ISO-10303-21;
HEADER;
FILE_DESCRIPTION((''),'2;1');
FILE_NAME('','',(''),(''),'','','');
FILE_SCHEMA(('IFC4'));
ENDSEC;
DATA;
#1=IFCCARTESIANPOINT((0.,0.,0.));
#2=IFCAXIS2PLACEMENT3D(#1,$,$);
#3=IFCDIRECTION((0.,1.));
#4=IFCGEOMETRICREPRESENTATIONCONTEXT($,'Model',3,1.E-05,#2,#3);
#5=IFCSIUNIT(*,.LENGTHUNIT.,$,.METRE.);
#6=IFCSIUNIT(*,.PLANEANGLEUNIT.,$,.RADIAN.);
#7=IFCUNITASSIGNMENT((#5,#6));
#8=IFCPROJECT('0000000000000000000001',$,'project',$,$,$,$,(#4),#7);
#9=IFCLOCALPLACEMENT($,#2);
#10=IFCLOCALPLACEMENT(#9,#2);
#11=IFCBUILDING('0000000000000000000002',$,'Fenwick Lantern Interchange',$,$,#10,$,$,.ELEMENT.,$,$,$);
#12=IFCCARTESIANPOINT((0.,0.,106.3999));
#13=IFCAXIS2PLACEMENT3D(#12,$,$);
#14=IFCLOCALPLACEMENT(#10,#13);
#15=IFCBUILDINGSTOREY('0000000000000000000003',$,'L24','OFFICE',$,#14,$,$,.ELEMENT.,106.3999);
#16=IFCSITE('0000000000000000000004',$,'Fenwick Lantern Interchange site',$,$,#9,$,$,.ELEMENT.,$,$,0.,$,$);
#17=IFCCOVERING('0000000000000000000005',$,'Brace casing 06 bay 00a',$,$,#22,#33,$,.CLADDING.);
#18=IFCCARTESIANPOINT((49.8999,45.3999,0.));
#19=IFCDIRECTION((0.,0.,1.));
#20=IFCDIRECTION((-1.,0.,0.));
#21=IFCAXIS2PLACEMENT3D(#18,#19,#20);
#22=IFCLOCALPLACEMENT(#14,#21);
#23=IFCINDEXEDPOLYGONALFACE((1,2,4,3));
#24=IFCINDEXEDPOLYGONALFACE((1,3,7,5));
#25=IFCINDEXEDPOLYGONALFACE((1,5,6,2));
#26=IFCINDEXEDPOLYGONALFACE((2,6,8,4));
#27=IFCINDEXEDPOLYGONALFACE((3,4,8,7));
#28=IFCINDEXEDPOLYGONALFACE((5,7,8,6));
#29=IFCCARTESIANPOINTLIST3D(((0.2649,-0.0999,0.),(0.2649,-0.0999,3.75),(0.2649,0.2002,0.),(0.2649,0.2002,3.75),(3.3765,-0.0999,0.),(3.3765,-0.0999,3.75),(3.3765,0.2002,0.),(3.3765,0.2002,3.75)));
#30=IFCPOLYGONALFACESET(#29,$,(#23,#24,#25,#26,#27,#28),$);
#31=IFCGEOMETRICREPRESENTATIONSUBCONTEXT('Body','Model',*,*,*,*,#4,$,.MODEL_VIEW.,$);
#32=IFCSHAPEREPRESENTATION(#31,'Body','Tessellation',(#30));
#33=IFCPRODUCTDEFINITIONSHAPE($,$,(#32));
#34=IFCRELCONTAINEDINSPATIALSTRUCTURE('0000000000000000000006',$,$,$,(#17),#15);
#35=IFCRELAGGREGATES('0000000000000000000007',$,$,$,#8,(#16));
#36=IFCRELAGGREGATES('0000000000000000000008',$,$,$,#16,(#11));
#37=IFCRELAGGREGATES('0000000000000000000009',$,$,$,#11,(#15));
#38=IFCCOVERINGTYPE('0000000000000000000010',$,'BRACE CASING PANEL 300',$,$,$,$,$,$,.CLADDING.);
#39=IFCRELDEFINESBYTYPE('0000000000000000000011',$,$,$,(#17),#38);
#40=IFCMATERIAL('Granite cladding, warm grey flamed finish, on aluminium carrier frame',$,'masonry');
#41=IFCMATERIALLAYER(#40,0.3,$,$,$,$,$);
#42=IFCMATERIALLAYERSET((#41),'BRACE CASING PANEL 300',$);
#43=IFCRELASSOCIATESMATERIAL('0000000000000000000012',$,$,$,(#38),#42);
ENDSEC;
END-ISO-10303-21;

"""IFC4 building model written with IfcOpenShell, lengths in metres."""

from ifc_helpers import new_model, si_unit, direction, frame, origin, place, context, subcontext, project, spatial, polyline, outline, extrude, material, layer, layer_set, type_object, element, save


model = new_model("IFC4")

# Units and contexts
model_context = context("Model", 3, precision=1e-05, world=origin(), true_north=direction((0.0, 1.0)))
body_context = subcontext(model_context, "Body", "Model", "MODEL_VIEW")
ifc_project = project(units=[si_unit("LENGTHUNIT", "METRE"), si_unit("PLANEANGLEUNIT", "RADIAN")], contexts=[model_context])

# Site, building, storey
site_placement = place(None, origin())
site = spatial("IfcSite", under=ifc_project, at=site_placement, Name="Fenwick Lantern Interchange site", CompositionType="ELEMENT", RefElevation=0.0)
building_placement = place(site_placement, origin())
building = spatial("IfcBuilding", under=site, at=building_placement, Name="Fenwick Lantern Interchange", CompositionType="ELEMENT")
storey_placement = place(building_placement, frame((0.0, 0.0, 106.3999)))
storey = spatial("IfcBuildingStorey", under=building, at=storey_placement, Name="L24", Description="OFFICE", CompositionType="ELEMENT", Elevation=106.3999)

# Covering
ifc_material_1 = material(Name="Granite cladding, warm grey flamed finish, on aluminium carrier frame", Category="masonry")
ifc_layer_1 = layer(ifc_material_1, 0.3)
ifc_layer_set_1 = layer_set([ifc_layer_1], Name="BRACE CASING PANEL 300")
covering_type = type_object("IfcCoveringType", Name="BRACE CASING PANEL 300", PredefinedType="CLADDING", material=ifc_layer_set_1)
covering_placement = place(storey_placement, frame((49.8999, 45.3999, 0.0), z_axis=(0.0, 0.0, 1.0), x_axis=(-1.0, 0.0, 0.0)))
element("IfcCovering", 1, at=covering_placement, inside=storey, type_object=covering_type, Name="Brace casing 06 bay 00a", PredefinedType="CLADDING", context=body_context, shape_type="SweptSolid", body=[
    extrude(outline(polyline([(0.2649, 0.0), (3.3765, 0.0), (3.3765, 3.75), (0.2649, 3.75), (0.2649, 0.0)])), frame((0.0, 0.2002, 0.0), z_axis=(0.0, -1.0, 0.0), x_axis=(1.0, 0.0, 0.0)), (0.0, 0.0, 1.0), 0.3),
])

save(model, "model.ifc")
